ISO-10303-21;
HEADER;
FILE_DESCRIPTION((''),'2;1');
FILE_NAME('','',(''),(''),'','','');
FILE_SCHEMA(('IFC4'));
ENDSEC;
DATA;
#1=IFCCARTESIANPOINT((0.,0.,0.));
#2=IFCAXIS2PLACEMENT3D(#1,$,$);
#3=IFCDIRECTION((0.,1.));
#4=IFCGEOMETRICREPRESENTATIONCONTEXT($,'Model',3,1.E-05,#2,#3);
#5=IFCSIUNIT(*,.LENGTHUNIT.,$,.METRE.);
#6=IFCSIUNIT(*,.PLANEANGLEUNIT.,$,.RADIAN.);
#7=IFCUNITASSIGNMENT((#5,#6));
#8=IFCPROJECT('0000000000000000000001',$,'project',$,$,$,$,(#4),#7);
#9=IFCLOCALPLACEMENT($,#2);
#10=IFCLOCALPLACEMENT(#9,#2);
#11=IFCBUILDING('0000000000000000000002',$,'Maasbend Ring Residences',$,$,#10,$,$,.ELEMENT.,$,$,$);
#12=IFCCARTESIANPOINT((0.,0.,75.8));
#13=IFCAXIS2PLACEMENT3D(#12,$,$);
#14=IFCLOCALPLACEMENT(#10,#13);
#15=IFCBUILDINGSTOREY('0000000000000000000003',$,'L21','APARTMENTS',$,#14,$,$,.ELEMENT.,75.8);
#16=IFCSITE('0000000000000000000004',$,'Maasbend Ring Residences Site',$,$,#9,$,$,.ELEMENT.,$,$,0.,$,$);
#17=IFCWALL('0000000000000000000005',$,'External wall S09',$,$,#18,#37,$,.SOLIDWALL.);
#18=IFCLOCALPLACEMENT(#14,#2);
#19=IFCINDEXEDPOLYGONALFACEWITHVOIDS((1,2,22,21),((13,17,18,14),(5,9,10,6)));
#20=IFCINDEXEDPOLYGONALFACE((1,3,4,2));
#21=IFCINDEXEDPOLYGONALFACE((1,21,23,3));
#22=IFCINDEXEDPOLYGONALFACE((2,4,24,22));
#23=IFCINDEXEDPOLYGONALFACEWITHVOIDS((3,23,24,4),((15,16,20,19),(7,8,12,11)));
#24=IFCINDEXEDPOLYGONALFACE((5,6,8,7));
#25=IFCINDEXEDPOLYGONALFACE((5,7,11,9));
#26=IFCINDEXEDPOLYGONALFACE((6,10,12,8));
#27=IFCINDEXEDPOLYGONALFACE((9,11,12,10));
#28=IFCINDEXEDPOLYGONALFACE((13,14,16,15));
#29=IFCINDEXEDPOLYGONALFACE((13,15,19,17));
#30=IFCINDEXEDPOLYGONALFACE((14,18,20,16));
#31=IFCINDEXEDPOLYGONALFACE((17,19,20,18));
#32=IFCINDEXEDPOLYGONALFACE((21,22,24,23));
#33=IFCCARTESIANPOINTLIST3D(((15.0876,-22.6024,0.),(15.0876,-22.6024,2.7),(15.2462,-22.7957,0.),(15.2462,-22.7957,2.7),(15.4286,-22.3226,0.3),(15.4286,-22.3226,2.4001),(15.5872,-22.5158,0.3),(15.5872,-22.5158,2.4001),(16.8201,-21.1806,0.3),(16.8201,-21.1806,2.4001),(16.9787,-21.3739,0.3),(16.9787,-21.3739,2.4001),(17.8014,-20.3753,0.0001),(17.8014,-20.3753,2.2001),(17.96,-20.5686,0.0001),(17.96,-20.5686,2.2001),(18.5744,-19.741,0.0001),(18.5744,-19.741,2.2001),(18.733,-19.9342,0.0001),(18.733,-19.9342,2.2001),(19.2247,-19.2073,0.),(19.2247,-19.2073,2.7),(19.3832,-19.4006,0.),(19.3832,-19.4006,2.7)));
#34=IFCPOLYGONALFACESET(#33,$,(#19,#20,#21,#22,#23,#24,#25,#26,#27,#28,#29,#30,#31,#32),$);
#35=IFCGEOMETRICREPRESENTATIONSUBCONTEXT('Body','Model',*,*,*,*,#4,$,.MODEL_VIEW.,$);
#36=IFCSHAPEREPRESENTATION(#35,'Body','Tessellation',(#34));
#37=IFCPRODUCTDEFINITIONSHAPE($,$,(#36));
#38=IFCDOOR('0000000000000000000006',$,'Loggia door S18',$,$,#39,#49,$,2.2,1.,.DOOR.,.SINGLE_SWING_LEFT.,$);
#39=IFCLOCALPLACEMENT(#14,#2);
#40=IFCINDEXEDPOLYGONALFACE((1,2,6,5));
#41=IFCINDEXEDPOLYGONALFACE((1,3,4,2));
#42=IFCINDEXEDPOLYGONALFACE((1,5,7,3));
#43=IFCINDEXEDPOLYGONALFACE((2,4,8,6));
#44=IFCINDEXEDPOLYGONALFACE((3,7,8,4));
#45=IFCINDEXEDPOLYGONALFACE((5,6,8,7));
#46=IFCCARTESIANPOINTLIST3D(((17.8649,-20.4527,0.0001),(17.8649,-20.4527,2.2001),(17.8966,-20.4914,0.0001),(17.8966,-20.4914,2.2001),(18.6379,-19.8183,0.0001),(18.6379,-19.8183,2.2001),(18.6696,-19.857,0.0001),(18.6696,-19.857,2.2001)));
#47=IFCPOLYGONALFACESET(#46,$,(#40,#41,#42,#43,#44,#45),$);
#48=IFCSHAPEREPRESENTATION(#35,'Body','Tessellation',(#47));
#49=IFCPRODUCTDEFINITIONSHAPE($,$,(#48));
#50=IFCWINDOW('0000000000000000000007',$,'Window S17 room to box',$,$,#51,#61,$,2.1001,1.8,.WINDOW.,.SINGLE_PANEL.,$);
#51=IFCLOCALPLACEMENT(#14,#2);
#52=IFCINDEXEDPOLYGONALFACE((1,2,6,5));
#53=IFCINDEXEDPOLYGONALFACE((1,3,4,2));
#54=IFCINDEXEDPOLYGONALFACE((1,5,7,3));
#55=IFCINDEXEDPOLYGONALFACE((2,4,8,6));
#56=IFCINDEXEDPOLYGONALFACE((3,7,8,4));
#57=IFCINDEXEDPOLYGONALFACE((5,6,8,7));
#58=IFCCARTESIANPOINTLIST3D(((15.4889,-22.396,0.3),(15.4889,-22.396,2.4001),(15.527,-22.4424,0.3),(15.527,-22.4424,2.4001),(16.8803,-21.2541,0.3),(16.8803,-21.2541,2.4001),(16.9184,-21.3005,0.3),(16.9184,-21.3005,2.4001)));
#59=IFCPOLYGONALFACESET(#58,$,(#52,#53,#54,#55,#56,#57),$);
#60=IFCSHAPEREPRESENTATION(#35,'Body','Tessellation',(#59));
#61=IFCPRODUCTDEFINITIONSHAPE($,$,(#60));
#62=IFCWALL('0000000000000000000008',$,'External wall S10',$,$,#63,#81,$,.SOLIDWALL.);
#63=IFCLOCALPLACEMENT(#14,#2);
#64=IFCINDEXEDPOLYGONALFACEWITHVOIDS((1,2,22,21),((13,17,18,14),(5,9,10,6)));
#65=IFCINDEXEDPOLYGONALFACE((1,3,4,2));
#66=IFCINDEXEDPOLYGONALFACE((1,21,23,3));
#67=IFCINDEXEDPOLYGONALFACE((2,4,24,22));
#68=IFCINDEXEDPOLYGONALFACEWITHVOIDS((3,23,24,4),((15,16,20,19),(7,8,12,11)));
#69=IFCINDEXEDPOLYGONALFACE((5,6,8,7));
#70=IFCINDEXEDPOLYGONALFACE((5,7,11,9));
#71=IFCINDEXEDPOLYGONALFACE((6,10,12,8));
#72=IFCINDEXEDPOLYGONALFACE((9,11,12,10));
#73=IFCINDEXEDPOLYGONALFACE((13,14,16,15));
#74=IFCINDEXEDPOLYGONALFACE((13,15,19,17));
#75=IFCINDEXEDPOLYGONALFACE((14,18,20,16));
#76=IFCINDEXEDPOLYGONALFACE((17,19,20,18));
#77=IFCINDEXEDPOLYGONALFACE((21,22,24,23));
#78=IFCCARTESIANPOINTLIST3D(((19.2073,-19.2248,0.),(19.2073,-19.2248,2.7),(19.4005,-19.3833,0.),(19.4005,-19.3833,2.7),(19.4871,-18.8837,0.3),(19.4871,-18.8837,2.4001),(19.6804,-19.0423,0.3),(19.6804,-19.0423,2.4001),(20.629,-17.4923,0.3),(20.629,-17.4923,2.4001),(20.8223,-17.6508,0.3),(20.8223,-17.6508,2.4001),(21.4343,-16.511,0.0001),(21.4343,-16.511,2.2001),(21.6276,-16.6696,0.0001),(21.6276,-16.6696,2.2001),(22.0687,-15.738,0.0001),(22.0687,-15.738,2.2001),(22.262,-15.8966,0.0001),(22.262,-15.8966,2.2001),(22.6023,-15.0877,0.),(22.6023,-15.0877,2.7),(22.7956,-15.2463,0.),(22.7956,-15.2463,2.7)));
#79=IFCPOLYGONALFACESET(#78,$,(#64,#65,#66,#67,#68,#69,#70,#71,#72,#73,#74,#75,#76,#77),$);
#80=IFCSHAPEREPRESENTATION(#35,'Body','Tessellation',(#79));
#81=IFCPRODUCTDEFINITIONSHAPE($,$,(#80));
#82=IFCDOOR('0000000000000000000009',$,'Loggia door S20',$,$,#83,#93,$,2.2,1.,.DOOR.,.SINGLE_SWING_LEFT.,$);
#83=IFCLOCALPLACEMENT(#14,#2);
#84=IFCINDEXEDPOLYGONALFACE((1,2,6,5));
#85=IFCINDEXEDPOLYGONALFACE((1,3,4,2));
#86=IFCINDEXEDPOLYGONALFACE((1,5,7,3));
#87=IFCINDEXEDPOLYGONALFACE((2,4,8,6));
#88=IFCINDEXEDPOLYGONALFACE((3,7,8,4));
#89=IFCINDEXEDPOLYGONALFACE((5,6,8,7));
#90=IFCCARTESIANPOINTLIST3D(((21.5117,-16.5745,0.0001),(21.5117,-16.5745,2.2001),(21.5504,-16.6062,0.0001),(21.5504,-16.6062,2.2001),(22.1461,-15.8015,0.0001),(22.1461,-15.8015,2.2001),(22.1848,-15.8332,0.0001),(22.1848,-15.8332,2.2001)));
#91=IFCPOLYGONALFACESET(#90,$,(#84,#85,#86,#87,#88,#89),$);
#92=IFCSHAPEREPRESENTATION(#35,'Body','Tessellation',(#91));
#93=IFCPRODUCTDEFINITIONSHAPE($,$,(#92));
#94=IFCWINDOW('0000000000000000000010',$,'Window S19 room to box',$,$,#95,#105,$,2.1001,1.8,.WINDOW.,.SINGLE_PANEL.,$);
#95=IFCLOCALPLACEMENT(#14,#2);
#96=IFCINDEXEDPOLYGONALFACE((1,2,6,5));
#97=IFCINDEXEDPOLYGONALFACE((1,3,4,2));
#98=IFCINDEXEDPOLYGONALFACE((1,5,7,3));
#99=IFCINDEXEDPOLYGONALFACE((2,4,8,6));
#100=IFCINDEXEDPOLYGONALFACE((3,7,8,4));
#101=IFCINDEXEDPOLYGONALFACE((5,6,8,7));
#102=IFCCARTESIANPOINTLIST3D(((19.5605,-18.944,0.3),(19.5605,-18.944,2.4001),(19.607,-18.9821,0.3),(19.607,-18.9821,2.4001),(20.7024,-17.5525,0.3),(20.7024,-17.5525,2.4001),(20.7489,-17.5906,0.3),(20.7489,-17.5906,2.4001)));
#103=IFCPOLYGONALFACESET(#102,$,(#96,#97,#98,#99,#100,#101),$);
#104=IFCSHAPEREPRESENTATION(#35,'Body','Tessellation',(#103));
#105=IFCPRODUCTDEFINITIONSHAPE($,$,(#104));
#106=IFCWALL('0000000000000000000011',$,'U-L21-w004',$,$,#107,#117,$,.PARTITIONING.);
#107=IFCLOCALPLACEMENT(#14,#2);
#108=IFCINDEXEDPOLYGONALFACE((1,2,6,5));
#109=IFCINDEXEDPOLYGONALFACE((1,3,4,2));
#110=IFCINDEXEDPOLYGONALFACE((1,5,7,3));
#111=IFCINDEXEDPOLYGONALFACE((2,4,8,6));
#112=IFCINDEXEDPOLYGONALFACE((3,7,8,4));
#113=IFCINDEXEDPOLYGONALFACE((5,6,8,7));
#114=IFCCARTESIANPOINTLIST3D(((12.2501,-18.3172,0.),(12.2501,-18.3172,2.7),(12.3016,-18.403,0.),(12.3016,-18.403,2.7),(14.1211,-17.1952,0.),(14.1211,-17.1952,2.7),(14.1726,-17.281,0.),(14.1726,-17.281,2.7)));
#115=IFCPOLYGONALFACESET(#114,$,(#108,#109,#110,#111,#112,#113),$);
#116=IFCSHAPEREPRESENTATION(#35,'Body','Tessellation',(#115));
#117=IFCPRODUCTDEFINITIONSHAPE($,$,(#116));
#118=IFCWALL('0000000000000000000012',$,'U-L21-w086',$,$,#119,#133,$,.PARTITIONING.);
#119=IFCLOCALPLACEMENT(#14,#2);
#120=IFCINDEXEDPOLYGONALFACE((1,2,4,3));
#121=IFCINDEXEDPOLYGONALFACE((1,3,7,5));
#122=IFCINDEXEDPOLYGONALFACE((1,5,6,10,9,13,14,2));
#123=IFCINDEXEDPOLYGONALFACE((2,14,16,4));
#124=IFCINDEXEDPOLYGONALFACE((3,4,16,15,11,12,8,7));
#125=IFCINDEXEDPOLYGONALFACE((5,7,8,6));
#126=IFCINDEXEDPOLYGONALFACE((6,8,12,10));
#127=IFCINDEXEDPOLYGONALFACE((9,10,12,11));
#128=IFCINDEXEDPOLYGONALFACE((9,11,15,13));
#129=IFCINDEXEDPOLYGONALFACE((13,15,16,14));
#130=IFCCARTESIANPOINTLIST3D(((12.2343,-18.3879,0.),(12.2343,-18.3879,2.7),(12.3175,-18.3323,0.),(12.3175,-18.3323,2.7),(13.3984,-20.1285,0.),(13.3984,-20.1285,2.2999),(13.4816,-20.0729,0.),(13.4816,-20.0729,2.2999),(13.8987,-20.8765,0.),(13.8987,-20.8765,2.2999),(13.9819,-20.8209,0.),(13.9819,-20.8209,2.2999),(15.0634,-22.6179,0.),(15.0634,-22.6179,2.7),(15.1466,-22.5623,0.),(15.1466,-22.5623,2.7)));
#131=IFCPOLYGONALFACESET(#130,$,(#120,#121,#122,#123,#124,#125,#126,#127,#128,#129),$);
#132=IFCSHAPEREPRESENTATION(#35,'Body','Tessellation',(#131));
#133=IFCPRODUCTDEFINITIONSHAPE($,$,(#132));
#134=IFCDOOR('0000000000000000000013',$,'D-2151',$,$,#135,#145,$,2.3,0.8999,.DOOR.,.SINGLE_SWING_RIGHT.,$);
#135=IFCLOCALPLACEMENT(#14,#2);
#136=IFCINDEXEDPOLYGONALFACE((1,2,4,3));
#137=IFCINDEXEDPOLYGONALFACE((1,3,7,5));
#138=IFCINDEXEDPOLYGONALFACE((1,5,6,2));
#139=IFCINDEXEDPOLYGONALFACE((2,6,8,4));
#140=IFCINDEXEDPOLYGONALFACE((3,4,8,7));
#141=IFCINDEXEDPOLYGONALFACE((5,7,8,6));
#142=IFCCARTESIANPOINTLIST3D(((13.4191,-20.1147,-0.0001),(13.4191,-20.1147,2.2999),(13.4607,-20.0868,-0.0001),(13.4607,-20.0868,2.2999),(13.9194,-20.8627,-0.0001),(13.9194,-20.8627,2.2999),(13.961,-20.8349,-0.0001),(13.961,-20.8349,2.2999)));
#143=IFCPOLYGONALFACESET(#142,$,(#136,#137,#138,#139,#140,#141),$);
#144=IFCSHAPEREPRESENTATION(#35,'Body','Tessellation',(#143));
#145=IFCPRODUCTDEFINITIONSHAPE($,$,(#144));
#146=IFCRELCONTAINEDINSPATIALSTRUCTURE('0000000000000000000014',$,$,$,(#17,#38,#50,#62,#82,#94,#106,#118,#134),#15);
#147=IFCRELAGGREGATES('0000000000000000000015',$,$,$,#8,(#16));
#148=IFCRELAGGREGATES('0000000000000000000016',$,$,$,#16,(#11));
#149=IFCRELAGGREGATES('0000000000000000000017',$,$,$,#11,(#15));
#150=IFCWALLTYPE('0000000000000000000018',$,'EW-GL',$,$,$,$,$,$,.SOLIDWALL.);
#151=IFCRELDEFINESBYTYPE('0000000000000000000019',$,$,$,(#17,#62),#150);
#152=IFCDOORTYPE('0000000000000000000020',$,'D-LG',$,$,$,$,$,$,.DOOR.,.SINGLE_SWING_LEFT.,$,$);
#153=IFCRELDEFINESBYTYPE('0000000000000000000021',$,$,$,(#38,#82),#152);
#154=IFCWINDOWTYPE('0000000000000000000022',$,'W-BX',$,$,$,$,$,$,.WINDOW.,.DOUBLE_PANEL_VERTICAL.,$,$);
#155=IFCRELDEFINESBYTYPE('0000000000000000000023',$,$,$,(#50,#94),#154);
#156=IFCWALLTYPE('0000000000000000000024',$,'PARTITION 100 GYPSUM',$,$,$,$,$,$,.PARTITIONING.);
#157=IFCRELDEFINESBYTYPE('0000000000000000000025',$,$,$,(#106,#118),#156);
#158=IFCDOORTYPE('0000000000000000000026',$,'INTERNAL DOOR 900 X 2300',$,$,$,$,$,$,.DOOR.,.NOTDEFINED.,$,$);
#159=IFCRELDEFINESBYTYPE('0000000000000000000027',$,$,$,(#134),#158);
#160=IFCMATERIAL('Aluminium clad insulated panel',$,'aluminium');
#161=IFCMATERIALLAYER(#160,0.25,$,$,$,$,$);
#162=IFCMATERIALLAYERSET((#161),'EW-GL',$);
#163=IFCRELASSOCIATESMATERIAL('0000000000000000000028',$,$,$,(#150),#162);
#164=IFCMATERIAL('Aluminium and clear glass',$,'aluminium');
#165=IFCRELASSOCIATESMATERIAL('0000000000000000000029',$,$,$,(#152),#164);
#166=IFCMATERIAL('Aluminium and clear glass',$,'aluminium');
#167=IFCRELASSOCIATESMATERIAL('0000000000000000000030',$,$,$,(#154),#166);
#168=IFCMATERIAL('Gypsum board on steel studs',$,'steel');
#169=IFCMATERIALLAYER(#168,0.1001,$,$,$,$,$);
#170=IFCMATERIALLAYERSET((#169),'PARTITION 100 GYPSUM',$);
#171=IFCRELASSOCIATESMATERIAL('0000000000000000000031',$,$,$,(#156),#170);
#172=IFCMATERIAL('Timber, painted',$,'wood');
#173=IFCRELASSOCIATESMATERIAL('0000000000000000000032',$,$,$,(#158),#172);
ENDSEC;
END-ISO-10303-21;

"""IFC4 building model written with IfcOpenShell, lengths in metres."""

from ifc_helpers import new_model, si_unit, direction, frame, frame_2d, origin, place, context, subcontext, project, spatial, rectangle, extrude, material, layer, layer_set, type_object, element, fill, save


model = new_model("IFC4")

# Units and contexts
model_context = context("Model", 3, precision=1e-05, world=origin(), true_north=direction((0.0, 1.0)))
body_context = subcontext(model_context, "Body", "Model", "MODEL_VIEW")
ifc_project = project(units=[si_unit("LENGTHUNIT", "METRE"), si_unit("PLANEANGLEUNIT", "RADIAN")], contexts=[model_context])

# Site, building, storey
site_placement = place(None, origin())
site = spatial("IfcSite", under=ifc_project, at=site_placement, Name="Maasbend Ring Residences Site", CompositionType="ELEMENT", RefElevation=0.0)
building_placement = place(site_placement, origin())
building = spatial("IfcBuilding", under=site, at=building_placement, Name="Maasbend Ring Residences", CompositionType="ELEMENT")
storey_placement = place(building_placement, frame((0.0, 0.0, 75.8)))
storey = spatial("IfcBuildingStorey", under=building, at=storey_placement, Name="L21", Description="APARTMENTS", CompositionType="ELEMENT", Elevation=75.8)

# Walls, openings, doors, windows
ifc_material_1 = material(Name="Aluminium clad insulated panel", Category="aluminium")
ifc_layer_1 = layer(ifc_material_1, 0.25)
ifc_layer_set_1 = layer_set([ifc_layer_1], Name="EW-GL")
wall_type_1 = type_object("IfcWallType", Name="EW-GL", PredefinedType="SOLIDWALL", material=ifc_layer_set_1)
wall_1_placement = place(storey_placement, frame((15.167, -22.699, 0.0), z_axis=(0.0, 0.0, 1.0), x_axis=(0.773019, 0.634382, 0.0)))
wall_1 = element("IfcWall", 1, at=wall_1_placement, inside=storey, type_object=wall_type_1, Name="External wall S09", PredefinedType="SOLIDWALL", context=body_context, shape_type="SweptSolid", body=[
    extrude(rectangle(XDim=5.3518, YDim=0.25, at=frame_2d((2.6758, 0.0))), origin(), (0.0, 0.0, 1.0), 2.7),
])
opening_1_placement = place(wall_1_placement, frame((0.4412, 0.0, 0.3)))
opening_1 = element("IfcOpeningElement", 2, at=opening_1_placement, cuts=wall_1, PredefinedType="OPENING", context=body_context, shape_type="SweptSolid", body=[
    extrude(rectangle(XDim=1.8, YDim=2.1001, at=frame_2d((0.8999, 1.05))), frame((0.0, 0.135, 0.0), z_axis=(0.0, -1.0, 0.0), x_axis=(1.0, 0.0, 0.0)), (0.0, 0.0, 1.0), 0.27),
])
opening_2_placement = place(wall_1_placement, frame((3.5105, 0.0, 0.0)))
opening_2 = element("IfcOpeningElement", 3, at=opening_2_placement, cuts=wall_1, PredefinedType="OPENING", context=body_context, shape_type="SweptSolid", body=[
    extrude(rectangle(XDim=1.0, YDim=2.2, at=frame_2d((0.5, 1.1001))), frame((0.0, 0.135, 0.0), z_axis=(0.0, -1.0, 0.0), x_axis=(1.0, 0.0, 0.0)), (0.0, 0.0, 1.0), 0.27),
])
ifc_material_2 = material(Name="Aluminium and clear glass", Category="aluminium")
door_type_1 = type_object("IfcDoorType", Name="D-LG", OperationType="SINGLE_SWING_LEFT", PredefinedType="DOOR", material=ifc_material_2)
door_1_placement = place(opening_2_placement, origin())
door_1 = element("IfcDoor", 4, at=door_1_placement, inside=storey, type_object=door_type_1, Name="Loggia door S18", OperationType="SINGLE_SWING_LEFT", OverallHeight=2.2, OverallWidth=1.0, PredefinedType="DOOR", context=body_context, shape_type="SweptSolid", body=[
    extrude(rectangle(XDim=1.0, YDim=2.2, at=frame_2d((0.5, 1.1001))), frame((0.0, 0.0249, 0.0), z_axis=(0.0, -1.0, 0.0), x_axis=(1.0, 0.0, 0.0)), (0.0, 0.0, 1.0), 0.05),
])
fill(opening_2, door_1)
ifc_material_3 = material(Name="Aluminium and clear glass", Category="aluminium")
window_type_1 = type_object("IfcWindowType", Name="W-BX", PartitioningType="DOUBLE_PANEL_VERTICAL", PredefinedType="WINDOW", material=ifc_material_3)
window_1_placement = place(opening_1_placement, origin())
window_1 = element("IfcWindow", 5, at=window_1_placement, inside=storey, type_object=window_type_1, Name="Window S17 room to box", OverallHeight=2.1001, OverallWidth=1.8, PartitioningType="SINGLE_PANEL", PredefinedType="WINDOW", context=body_context, shape_type="SweptSolid", body=[
    extrude(rectangle(XDim=1.8, YDim=2.1001, at=frame_2d((0.8999, 1.05))), frame((0.0, 0.03, 0.0), z_axis=(0.0, -1.0, 0.0), x_axis=(1.0, 0.0, 0.0)), (0.0, 0.0, 1.0), 0.0601),
])
fill(opening_1, window_1)
wall_2_placement = place(storey_placement, frame((19.304, -19.304, 0.0), z_axis=(0.0, 0.0, 1.0), x_axis=(0.634382, 0.773019, 0.0)))
wall_2 = element("IfcWall", 6, at=wall_2_placement, inside=storey, type_object=wall_type_1, Name="External wall S10", PredefinedType="SOLIDWALL", context=body_context, shape_type="SweptSolid", body=[
    extrude(rectangle(XDim=5.3518, YDim=0.25, at=frame_2d((2.6758, 0.0))), origin(), (0.0, 0.0, 1.0), 2.7),
])
opening_3_placement = place(wall_2_placement, frame((0.4412, 0.0, 0.3)))
opening_3 = element("IfcOpeningElement", 7, at=opening_3_placement, cuts=wall_2, PredefinedType="OPENING", context=body_context, shape_type="SweptSolid", body=[
    extrude(rectangle(XDim=1.8, YDim=2.1001, at=frame_2d((0.8999, 1.05))), frame((0.0, 0.135, 0.0), z_axis=(0.0, -1.0, 0.0), x_axis=(1.0, 0.0, 0.0)), (0.0, 0.0, 1.0), 0.27),
])
opening_4_placement = place(wall_2_placement, frame((3.5105, 0.0, 0.0)))
opening_4 = element("IfcOpeningElement", 8, at=opening_4_placement, cuts=wall_2, PredefinedType="OPENING", context=body_context, shape_type="SweptSolid", body=[
    extrude(rectangle(XDim=1.0, YDim=2.2, at=frame_2d((0.5, 1.1001))), frame((0.0, 0.135, 0.0), z_axis=(0.0, -1.0, 0.0), x_axis=(1.0, 0.0, 0.0)), (0.0, 0.0, 1.0), 0.27),
])
door_2_placement = place(opening_4_placement, origin())
door_2 = element("IfcDoor", 9, at=door_2_placement, inside=storey, type_object=door_type_1, Name="Loggia door S20", OperationType="SINGLE_SWING_LEFT", OverallHeight=2.2, OverallWidth=1.0, PredefinedType="DOOR", context=body_context, shape_type="SweptSolid", body=[
    extrude(rectangle(XDim=1.0, YDim=2.2, at=frame_2d((0.5, 1.1001))), frame((0.0, 0.0249, 0.0), z_axis=(0.0, -1.0, 0.0), x_axis=(1.0, 0.0, 0.0)), (0.0, 0.0, 1.0), 0.05),
])
fill(opening_4, door_2)
window_2_placement = place(opening_3_placement, origin())
window_2 = element("IfcWindow", 10, at=window_2_placement, inside=storey, type_object=window_type_1, Name="Window S19 room to box", OverallHeight=2.1001, OverallWidth=1.8, PartitioningType="SINGLE_PANEL", PredefinedType="WINDOW", context=body_context, shape_type="SweptSolid", body=[
    extrude(rectangle(XDim=1.8, YDim=2.1001, at=frame_2d((0.8999, 1.05))), frame((0.0, 0.03, 0.0), z_axis=(0.0, -1.0, 0.0), x_axis=(1.0, 0.0, 0.0)), (0.0, 0.0, 1.0), 0.0601),
])
fill(opening_3, window_2)

# Wall
ifc_material_4 = material(Name="Gypsum board on steel studs", Category="steel")
ifc_layer_2 = layer(ifc_material_4, 0.1001)
ifc_layer_set_2 = layer_set([ifc_layer_2], Name="PARTITION 100 GYPSUM")
wall_type_2 = type_object("IfcWallType", Name="PARTITION 100 GYPSUM", PredefinedType="PARTITIONING", material=ifc_layer_set_2)
wall_3_placement = place(storey_placement, frame((12.2759, -18.3601, 0.0), z_axis=(0.0, 0.0, 1.0), x_axis=(0.857611, 0.514298, 0.0)))
element("IfcWall", 11, at=wall_3_placement, inside=storey, type_object=wall_type_2, Name="U-L21-w004", PredefinedType="PARTITIONING", context=body_context, shape_type="SweptSolid", body=[
    extrude(rectangle(XDim=2.1816, YDim=0.1001, at=frame_2d((1.0908, 0.0))), origin(), (0.0, 0.0, 1.0), 2.7),
])

# Wall, opening, door
wall_4_placement = place(storey_placement, frame((12.2759, -18.3601, 0.0), z_axis=(0.0, 0.0, 1.0), x_axis=(0.55594, -0.831223, 0.0)))
wall_4 = element("IfcWall", 12, at=wall_4_placement, inside=storey, type_object=wall_type_2, Name="U-L21-w086", PredefinedType="PARTITIONING", context=body_context, shape_type="SweptSolid", body=[
    extrude(rectangle(XDim=5.0889, YDim=0.1001, at=frame_2d((2.5444, 0.0))), origin(), (0.0, 0.0, 1.0), 2.7),
])
opening_5_placement = place(wall_4_placement, frame((2.094, 0.0, 0.0)))
opening_5 = element("IfcOpeningElement", 13, at=opening_5_placement, cuts=wall_4, PredefinedType="OPENING", context=body_context, shape_type="SweptSolid", body=[
    extrude(rectangle(XDim=0.8999, YDim=2.3, at=frame_2d((0.45, 1.1499))), frame((0.0, 0.0601, 0.0), z_axis=(0.0, -1.0, 0.0), x_axis=(1.0, 0.0, 0.0)), (0.0, 0.0, 1.0), 0.1201),
])
ifc_material_5 = material(Name="Timber, painted", Category="wood")
door_type_2 = type_object("IfcDoorType", Name="INTERNAL DOOR 900 X 2300", OperationType="NOTDEFINED", PredefinedType="DOOR", material=ifc_material_5)
door_3_placement = place(opening_5_placement, origin())
door_3 = element("IfcDoor", 14, at=door_3_placement, inside=storey, type_object=door_type_2, Name="D-2151", OperationType="SINGLE_SWING_RIGHT", OverallHeight=2.3, OverallWidth=0.8999, PredefinedType="DOOR", context=body_context, shape_type="SweptSolid", body=[
    extrude(rectangle(XDim=0.8999, YDim=2.3, at=frame_2d((0.45, 1.1499))), frame((0.0, 0.0249, 0.0), z_axis=(0.0, -1.0, 0.0), x_axis=(1.0, 0.0, 0.0)), (0.0, 0.0, 1.0), 0.05),
])
fill(opening_5, door_3)

save(model, "model.ifc")
